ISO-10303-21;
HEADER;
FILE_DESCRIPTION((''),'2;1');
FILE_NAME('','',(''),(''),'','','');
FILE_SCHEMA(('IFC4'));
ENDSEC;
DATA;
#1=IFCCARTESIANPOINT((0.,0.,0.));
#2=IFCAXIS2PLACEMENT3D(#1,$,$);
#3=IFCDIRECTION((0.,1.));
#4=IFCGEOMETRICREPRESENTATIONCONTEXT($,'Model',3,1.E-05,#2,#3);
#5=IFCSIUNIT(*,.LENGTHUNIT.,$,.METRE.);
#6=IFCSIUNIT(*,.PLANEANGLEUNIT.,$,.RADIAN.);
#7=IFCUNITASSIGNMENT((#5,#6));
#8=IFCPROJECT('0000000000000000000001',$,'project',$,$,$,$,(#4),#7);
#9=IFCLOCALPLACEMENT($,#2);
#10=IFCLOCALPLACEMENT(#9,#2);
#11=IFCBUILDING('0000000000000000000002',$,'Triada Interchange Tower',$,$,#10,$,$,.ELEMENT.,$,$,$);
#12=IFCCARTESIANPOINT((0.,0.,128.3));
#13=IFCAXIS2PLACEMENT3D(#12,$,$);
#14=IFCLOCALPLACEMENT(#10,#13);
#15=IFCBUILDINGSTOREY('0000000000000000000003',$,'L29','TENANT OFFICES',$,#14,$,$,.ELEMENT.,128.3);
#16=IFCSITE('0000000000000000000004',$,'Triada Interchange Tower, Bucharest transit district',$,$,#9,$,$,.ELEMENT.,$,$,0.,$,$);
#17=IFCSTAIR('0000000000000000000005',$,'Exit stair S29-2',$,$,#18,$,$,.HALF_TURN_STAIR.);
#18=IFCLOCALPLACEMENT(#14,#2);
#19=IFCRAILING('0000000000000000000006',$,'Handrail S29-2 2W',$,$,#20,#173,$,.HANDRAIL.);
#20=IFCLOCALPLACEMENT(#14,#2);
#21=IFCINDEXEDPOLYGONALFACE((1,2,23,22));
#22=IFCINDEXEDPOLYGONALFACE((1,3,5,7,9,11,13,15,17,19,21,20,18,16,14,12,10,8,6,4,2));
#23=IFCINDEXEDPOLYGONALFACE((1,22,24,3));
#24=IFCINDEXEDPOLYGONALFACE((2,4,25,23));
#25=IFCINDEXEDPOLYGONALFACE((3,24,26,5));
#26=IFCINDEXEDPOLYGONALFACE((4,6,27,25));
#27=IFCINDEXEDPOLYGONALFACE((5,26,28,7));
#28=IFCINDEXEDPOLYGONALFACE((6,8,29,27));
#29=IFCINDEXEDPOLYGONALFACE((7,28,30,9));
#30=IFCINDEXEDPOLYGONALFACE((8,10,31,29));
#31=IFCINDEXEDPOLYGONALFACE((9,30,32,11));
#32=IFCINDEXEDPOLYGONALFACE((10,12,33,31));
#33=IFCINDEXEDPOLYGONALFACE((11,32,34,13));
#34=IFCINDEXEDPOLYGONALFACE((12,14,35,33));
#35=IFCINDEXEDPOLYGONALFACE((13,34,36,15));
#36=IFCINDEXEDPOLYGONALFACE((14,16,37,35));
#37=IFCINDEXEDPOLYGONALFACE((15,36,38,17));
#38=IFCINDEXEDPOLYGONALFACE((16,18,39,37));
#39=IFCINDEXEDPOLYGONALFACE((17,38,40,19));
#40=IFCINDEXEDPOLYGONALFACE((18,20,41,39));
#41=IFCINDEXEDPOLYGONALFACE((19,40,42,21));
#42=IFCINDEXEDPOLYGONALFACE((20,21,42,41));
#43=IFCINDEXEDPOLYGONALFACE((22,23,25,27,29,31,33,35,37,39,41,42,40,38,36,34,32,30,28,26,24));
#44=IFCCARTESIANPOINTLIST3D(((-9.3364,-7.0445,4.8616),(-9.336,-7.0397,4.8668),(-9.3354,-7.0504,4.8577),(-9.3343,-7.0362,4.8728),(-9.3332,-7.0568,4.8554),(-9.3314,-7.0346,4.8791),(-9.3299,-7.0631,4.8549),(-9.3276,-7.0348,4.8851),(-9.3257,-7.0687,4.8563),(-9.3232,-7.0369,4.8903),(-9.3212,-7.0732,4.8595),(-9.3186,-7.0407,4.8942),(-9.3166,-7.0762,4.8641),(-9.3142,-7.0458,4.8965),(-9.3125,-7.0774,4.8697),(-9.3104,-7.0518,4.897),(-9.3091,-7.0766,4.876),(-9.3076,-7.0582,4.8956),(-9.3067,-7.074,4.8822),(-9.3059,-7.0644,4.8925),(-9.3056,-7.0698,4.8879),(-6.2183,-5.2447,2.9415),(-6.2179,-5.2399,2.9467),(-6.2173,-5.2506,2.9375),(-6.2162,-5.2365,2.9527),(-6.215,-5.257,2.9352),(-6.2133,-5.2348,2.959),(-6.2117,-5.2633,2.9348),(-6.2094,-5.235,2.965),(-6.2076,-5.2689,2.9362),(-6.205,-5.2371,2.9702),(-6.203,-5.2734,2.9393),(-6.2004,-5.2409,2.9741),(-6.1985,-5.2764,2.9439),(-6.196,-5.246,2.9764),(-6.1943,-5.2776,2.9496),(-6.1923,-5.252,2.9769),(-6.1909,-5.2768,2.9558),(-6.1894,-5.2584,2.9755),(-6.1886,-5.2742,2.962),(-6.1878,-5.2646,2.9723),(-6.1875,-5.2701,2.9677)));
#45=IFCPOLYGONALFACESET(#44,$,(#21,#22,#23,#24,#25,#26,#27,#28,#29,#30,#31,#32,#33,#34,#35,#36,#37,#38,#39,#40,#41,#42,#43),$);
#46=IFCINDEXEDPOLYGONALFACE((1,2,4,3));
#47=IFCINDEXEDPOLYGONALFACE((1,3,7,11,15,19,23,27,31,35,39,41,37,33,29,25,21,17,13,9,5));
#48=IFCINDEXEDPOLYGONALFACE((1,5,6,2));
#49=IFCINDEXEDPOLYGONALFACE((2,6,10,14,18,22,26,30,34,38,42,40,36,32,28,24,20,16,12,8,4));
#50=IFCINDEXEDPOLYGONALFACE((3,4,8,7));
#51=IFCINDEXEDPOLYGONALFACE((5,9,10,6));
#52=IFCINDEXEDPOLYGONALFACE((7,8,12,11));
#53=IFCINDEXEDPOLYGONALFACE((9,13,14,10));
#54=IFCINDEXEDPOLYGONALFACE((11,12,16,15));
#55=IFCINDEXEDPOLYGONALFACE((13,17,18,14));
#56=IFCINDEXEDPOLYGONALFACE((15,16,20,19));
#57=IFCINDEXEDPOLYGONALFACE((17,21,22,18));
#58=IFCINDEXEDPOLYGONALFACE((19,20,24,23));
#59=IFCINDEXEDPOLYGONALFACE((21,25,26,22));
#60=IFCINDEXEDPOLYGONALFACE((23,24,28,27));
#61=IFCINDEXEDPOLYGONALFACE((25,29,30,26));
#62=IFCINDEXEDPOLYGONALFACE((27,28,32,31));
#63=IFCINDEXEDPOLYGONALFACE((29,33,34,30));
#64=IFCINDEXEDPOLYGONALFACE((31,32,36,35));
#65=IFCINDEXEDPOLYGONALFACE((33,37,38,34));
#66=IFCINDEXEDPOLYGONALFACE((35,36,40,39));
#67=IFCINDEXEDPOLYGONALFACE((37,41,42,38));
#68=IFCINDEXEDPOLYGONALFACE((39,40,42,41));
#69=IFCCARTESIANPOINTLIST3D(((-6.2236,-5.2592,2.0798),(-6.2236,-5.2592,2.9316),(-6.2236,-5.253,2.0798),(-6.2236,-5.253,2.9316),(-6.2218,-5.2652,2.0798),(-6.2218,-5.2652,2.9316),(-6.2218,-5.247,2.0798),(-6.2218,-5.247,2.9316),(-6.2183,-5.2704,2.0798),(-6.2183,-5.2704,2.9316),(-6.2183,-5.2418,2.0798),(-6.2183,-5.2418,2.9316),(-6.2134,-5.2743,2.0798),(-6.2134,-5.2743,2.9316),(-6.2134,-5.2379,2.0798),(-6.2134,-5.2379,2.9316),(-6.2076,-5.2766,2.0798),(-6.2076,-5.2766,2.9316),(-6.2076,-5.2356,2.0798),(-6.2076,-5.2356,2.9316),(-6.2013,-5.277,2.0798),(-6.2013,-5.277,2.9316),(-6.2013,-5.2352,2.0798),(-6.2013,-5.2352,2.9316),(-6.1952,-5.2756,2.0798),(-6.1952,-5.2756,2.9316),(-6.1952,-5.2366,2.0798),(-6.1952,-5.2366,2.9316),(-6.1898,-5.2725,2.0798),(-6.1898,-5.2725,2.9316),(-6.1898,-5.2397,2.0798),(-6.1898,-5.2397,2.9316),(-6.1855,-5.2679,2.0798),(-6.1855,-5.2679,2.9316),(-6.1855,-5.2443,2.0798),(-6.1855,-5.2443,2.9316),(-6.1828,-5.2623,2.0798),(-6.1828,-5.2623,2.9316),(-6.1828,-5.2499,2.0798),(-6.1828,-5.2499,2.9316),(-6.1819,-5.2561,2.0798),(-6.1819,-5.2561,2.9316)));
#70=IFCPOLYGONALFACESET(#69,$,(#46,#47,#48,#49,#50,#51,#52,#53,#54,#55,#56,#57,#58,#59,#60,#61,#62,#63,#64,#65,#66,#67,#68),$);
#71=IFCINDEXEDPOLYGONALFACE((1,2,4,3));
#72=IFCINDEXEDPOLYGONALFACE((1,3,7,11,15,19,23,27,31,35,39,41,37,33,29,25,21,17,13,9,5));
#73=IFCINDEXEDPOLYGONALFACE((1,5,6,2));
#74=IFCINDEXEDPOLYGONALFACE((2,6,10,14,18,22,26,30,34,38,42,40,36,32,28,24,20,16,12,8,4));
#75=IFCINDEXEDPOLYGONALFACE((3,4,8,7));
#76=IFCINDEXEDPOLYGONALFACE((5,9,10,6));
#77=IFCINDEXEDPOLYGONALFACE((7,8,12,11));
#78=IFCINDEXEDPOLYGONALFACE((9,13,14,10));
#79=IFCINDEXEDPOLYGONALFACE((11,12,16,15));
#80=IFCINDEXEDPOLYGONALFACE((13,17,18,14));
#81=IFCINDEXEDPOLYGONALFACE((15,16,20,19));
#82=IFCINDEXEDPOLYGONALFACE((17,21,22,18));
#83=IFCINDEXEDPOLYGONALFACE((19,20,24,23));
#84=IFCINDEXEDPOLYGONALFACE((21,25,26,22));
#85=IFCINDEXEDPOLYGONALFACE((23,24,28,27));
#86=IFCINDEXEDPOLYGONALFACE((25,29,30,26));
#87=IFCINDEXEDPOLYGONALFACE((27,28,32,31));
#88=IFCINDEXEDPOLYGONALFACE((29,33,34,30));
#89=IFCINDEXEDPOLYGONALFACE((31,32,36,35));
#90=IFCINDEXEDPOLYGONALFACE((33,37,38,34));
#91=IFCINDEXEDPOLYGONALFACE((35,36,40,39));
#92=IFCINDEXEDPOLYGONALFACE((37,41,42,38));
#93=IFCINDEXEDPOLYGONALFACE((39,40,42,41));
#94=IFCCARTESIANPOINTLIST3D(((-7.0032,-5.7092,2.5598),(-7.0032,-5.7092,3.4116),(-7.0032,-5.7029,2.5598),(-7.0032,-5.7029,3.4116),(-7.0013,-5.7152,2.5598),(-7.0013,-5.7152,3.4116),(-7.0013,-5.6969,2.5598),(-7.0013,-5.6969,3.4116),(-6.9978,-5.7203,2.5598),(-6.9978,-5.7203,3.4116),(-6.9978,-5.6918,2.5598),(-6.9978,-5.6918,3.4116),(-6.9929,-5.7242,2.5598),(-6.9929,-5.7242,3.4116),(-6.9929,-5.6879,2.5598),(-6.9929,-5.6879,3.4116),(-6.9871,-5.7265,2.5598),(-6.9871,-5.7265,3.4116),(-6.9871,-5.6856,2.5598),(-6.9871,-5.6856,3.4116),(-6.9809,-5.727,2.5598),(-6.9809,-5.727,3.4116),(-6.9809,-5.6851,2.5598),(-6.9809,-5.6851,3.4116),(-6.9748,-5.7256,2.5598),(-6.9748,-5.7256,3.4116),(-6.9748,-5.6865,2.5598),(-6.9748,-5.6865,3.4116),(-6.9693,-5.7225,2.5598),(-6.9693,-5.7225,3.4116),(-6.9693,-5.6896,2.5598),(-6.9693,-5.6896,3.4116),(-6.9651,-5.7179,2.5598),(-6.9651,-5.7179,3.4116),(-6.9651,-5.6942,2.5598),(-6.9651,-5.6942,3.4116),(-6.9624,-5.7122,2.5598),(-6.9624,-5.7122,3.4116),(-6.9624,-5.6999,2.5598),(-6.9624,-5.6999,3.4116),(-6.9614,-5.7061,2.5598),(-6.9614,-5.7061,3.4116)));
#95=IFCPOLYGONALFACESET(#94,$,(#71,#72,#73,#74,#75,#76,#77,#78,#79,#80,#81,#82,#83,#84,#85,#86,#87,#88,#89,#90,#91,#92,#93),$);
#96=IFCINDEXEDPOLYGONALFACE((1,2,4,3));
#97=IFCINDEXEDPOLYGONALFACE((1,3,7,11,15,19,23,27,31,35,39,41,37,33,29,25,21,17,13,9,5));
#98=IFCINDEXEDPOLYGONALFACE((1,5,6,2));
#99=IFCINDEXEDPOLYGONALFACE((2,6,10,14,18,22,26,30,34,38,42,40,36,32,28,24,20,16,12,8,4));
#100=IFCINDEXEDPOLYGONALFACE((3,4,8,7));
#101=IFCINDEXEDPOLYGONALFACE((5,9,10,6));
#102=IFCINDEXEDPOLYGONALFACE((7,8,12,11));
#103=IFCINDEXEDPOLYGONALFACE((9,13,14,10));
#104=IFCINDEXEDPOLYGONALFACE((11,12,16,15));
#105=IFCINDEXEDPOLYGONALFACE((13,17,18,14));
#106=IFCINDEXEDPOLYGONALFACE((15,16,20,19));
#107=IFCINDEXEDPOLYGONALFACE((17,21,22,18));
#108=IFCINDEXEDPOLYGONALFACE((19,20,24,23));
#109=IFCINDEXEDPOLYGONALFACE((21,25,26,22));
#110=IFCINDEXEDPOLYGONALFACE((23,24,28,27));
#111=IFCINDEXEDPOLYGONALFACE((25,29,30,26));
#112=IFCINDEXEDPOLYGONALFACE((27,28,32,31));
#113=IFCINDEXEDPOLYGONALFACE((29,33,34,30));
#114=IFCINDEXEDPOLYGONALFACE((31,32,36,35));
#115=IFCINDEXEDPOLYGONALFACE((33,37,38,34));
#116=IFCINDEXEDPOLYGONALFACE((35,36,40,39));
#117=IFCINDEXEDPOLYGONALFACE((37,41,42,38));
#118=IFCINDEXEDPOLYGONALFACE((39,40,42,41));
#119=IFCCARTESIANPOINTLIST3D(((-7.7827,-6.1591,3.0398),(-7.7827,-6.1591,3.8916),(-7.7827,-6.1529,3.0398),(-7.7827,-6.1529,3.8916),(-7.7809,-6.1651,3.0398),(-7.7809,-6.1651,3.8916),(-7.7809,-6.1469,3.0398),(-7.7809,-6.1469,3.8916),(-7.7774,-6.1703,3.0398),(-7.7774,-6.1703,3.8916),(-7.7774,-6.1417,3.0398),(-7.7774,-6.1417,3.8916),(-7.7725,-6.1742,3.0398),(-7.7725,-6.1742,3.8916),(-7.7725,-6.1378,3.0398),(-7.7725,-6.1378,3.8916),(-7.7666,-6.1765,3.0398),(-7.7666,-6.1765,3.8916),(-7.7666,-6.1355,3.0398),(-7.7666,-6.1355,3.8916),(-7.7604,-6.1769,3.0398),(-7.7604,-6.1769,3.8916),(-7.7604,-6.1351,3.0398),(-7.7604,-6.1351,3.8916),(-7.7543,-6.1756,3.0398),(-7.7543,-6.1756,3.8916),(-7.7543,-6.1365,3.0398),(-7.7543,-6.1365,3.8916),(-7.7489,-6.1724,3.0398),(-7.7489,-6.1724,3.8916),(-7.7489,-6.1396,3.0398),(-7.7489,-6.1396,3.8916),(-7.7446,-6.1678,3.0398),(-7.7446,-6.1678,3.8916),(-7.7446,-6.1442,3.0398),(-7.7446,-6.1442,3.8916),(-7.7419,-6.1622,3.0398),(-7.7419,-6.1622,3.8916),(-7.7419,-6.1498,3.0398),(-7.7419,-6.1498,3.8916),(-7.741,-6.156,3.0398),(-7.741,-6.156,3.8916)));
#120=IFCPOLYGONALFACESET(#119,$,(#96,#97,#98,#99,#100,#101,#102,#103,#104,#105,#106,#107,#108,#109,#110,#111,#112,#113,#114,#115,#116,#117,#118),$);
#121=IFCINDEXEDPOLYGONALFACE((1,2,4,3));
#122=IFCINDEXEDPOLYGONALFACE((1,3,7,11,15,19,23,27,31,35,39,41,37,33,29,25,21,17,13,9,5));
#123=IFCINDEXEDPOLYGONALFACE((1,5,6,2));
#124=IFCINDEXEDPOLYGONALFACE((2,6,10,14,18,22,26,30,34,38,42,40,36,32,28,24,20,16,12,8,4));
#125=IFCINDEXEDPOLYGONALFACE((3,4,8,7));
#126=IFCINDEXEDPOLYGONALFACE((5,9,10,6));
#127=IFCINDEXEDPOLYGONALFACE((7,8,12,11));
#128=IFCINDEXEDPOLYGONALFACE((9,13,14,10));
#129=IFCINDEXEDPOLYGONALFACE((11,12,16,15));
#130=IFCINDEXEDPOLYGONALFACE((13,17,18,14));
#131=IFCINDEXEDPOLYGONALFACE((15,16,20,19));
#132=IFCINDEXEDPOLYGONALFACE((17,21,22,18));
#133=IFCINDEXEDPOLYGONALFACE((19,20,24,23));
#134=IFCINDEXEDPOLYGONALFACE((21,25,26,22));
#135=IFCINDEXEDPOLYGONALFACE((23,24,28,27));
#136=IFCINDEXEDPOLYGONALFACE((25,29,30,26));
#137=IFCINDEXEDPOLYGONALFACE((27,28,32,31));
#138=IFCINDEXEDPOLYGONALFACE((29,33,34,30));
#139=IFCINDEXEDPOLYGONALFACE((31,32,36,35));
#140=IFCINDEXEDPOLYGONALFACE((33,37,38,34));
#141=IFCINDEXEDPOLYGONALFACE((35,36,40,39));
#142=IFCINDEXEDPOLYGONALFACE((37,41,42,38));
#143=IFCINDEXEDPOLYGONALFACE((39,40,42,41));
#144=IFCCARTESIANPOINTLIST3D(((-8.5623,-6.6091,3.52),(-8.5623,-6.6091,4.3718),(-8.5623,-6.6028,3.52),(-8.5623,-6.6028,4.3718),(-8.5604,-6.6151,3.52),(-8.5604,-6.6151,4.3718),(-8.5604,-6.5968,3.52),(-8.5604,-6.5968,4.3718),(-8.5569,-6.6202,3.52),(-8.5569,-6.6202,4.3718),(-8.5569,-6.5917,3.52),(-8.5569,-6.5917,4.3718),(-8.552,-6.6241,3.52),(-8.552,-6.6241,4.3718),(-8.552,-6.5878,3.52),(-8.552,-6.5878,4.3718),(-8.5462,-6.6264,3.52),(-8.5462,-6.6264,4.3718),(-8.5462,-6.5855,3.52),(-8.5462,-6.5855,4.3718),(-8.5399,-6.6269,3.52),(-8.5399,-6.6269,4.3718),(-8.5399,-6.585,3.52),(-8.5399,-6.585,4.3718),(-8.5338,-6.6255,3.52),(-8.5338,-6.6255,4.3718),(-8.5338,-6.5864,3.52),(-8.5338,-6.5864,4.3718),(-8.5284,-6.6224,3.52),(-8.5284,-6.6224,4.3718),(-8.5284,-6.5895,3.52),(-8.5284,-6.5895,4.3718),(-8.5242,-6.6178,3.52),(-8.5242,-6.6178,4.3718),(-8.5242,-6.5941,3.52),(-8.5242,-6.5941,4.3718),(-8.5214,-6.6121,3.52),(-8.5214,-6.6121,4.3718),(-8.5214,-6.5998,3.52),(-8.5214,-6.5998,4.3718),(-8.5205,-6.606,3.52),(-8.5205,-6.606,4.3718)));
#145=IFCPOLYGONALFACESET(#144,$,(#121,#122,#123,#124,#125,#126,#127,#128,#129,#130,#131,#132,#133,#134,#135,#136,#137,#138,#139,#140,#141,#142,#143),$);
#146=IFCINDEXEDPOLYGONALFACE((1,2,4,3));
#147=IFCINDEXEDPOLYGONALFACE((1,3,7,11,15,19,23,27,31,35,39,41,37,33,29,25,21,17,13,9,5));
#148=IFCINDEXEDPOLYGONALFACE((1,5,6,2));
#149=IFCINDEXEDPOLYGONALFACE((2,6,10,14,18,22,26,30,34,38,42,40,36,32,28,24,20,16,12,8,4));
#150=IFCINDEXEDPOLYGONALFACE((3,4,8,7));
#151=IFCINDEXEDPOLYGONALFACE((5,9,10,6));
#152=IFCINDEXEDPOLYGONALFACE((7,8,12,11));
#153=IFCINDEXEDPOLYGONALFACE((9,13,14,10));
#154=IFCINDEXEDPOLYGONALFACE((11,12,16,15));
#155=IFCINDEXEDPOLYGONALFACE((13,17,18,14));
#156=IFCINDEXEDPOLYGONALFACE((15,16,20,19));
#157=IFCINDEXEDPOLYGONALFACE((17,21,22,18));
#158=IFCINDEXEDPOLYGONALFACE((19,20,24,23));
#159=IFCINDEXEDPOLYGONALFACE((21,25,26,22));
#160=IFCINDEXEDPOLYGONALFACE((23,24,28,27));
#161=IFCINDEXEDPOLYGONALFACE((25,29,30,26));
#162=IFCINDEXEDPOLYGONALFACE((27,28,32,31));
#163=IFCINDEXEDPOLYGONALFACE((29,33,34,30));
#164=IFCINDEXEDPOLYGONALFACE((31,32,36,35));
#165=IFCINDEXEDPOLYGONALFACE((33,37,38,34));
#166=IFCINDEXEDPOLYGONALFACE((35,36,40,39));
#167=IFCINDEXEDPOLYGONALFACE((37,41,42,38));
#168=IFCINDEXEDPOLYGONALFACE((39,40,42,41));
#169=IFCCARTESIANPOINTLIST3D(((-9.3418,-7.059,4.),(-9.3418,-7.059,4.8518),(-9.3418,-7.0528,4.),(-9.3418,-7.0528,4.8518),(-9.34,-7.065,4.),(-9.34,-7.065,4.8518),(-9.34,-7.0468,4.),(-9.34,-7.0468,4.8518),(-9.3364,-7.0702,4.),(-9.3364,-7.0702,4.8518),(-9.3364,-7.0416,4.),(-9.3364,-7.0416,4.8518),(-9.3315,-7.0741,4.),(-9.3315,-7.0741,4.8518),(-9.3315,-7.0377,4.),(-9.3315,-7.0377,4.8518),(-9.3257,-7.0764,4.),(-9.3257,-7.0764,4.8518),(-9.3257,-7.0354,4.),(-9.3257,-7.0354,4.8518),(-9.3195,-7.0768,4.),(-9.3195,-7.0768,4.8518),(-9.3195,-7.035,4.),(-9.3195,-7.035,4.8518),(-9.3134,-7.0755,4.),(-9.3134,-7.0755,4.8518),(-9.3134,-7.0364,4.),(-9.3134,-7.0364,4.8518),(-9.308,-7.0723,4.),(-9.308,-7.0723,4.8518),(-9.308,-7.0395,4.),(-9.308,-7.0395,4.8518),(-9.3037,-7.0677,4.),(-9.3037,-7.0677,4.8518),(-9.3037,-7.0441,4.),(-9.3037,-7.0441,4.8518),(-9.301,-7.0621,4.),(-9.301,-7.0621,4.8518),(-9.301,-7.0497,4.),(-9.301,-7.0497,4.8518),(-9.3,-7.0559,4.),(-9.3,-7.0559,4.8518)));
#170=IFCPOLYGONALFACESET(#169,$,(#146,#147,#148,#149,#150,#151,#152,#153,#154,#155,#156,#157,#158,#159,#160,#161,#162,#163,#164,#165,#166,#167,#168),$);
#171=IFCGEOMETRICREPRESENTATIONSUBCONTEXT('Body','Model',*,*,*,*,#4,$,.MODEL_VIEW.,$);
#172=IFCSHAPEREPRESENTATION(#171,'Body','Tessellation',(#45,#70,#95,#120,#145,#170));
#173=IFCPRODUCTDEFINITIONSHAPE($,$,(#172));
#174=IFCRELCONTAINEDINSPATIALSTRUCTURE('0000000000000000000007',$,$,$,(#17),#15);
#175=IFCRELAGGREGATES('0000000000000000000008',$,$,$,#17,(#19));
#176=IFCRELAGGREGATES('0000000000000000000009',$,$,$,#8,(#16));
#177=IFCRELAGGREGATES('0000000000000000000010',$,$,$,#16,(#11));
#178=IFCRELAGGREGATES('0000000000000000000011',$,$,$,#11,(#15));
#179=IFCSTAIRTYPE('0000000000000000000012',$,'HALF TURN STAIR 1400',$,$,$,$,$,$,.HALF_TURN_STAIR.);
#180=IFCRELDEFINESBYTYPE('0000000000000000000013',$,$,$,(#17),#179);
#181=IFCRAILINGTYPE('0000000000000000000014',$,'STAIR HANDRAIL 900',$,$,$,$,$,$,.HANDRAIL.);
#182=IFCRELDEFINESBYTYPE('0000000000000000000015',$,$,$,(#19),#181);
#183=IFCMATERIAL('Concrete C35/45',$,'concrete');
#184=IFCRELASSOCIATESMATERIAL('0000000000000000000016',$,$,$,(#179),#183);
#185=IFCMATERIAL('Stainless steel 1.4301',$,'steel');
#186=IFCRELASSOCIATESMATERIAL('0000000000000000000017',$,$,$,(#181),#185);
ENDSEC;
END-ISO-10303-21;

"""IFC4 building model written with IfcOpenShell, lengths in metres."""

from ifc_helpers import new_model, si_unit, direction, frame, origin, origin_2d, place, context, subcontext, project, spatial, circle, extrude, material, type_object, element, aggregate, save


model = new_model("IFC4")

# Units and contexts
model_context = context("Model", 3, precision=1e-05, world=origin(), true_north=direction((0.0, 1.0)))
body_context = subcontext(model_context, "Body", "Model", "MODEL_VIEW")
ifc_project = project(units=[si_unit("LENGTHUNIT", "METRE"), si_unit("PLANEANGLEUNIT", "RADIAN")], contexts=[model_context])

# Site, building, storey
site_placement = place(None, origin())
site = spatial("IfcSite", under=ifc_project, at=site_placement, Name="Triada Interchange Tower, Bucharest transit district", CompositionType="ELEMENT", RefElevation=0.0)
building_placement = place(site_placement, origin())
building = spatial("IfcBuilding", under=site, at=building_placement, Name="Triada Interchange Tower", CompositionType="ELEMENT")
storey_placement = place(building_placement, frame((0.0, 0.0, 128.3)))
storey = spatial("IfcBuildingStorey", under=building, at=storey_placement, Name="L29", Description="TENANT OFFICES", CompositionType="ELEMENT", Elevation=128.3)

# Stair, railing
ifc_material_1 = material(Name="Concrete C35/45", Category="concrete")
stair_type = type_object("IfcStairType", Name="HALF TURN STAIR 1400", PredefinedType="HALF_TURN_STAIR", material=ifc_material_1)
stair_placement = place(storey_placement, origin())
stair = element("IfcStair", 1, at=stair_placement, inside=storey, type_object=stair_type, Name="Exit stair S29-2", PredefinedType="HALF_TURN_STAIR")
ifc_material_2 = material(Name="Stainless steel 1.4301", Category="steel")
railing_type = type_object("IfcRailingType", Name="STAIR HANDRAIL 900", PredefinedType="HANDRAIL", material=ifc_material_2)
railing_1_placement = place(storey_placement, frame((-6.2029, -5.2561, 2.0798)))
railing_1 = element("IfcRailing", 2, at=railing_1_placement, type_object=railing_type, Name="Handrail S29-2 2W", PredefinedType="HANDRAIL", context=body_context, shape_type="SweptSolid", body=[
    extrude(circle(Radius=0.0239, at=origin_2d()), frame((0.0, 0.0, 0.876), z_axis=(-0.76419, -0.44109, 0.470588), x_axis=(0.499902, -0.866082, 0.0)), (0.0, 0.0, 1.0), 4.0803),
    extrude(circle(Radius=0.021, at=origin_2d()), origin(), (0.0, 0.0, 1.0), 0.8518),
    extrude(circle(Radius=0.021, at=origin_2d()), frame((-0.7795, -0.45, 0.48)), (0.0, 0.0, 1.0), 0.8518),
    extrude(circle(Radius=0.021, at=origin_2d()), frame((-1.5591, -0.8999, 0.96)), (0.0, 0.0, 1.0), 0.8518),
    extrude(circle(Radius=0.021, at=origin_2d()), frame((-2.3386, -1.3499, 1.4402)), (0.0, 0.0, 1.0), 0.8518),
    extrude(circle(Radius=0.021, at=origin_2d()), frame((-3.1182, -1.7998, 1.9202)), (0.0, 0.0, 1.0), 0.8518),
])
aggregate(stair, [railing_1])

save(model, "model.ifc")
